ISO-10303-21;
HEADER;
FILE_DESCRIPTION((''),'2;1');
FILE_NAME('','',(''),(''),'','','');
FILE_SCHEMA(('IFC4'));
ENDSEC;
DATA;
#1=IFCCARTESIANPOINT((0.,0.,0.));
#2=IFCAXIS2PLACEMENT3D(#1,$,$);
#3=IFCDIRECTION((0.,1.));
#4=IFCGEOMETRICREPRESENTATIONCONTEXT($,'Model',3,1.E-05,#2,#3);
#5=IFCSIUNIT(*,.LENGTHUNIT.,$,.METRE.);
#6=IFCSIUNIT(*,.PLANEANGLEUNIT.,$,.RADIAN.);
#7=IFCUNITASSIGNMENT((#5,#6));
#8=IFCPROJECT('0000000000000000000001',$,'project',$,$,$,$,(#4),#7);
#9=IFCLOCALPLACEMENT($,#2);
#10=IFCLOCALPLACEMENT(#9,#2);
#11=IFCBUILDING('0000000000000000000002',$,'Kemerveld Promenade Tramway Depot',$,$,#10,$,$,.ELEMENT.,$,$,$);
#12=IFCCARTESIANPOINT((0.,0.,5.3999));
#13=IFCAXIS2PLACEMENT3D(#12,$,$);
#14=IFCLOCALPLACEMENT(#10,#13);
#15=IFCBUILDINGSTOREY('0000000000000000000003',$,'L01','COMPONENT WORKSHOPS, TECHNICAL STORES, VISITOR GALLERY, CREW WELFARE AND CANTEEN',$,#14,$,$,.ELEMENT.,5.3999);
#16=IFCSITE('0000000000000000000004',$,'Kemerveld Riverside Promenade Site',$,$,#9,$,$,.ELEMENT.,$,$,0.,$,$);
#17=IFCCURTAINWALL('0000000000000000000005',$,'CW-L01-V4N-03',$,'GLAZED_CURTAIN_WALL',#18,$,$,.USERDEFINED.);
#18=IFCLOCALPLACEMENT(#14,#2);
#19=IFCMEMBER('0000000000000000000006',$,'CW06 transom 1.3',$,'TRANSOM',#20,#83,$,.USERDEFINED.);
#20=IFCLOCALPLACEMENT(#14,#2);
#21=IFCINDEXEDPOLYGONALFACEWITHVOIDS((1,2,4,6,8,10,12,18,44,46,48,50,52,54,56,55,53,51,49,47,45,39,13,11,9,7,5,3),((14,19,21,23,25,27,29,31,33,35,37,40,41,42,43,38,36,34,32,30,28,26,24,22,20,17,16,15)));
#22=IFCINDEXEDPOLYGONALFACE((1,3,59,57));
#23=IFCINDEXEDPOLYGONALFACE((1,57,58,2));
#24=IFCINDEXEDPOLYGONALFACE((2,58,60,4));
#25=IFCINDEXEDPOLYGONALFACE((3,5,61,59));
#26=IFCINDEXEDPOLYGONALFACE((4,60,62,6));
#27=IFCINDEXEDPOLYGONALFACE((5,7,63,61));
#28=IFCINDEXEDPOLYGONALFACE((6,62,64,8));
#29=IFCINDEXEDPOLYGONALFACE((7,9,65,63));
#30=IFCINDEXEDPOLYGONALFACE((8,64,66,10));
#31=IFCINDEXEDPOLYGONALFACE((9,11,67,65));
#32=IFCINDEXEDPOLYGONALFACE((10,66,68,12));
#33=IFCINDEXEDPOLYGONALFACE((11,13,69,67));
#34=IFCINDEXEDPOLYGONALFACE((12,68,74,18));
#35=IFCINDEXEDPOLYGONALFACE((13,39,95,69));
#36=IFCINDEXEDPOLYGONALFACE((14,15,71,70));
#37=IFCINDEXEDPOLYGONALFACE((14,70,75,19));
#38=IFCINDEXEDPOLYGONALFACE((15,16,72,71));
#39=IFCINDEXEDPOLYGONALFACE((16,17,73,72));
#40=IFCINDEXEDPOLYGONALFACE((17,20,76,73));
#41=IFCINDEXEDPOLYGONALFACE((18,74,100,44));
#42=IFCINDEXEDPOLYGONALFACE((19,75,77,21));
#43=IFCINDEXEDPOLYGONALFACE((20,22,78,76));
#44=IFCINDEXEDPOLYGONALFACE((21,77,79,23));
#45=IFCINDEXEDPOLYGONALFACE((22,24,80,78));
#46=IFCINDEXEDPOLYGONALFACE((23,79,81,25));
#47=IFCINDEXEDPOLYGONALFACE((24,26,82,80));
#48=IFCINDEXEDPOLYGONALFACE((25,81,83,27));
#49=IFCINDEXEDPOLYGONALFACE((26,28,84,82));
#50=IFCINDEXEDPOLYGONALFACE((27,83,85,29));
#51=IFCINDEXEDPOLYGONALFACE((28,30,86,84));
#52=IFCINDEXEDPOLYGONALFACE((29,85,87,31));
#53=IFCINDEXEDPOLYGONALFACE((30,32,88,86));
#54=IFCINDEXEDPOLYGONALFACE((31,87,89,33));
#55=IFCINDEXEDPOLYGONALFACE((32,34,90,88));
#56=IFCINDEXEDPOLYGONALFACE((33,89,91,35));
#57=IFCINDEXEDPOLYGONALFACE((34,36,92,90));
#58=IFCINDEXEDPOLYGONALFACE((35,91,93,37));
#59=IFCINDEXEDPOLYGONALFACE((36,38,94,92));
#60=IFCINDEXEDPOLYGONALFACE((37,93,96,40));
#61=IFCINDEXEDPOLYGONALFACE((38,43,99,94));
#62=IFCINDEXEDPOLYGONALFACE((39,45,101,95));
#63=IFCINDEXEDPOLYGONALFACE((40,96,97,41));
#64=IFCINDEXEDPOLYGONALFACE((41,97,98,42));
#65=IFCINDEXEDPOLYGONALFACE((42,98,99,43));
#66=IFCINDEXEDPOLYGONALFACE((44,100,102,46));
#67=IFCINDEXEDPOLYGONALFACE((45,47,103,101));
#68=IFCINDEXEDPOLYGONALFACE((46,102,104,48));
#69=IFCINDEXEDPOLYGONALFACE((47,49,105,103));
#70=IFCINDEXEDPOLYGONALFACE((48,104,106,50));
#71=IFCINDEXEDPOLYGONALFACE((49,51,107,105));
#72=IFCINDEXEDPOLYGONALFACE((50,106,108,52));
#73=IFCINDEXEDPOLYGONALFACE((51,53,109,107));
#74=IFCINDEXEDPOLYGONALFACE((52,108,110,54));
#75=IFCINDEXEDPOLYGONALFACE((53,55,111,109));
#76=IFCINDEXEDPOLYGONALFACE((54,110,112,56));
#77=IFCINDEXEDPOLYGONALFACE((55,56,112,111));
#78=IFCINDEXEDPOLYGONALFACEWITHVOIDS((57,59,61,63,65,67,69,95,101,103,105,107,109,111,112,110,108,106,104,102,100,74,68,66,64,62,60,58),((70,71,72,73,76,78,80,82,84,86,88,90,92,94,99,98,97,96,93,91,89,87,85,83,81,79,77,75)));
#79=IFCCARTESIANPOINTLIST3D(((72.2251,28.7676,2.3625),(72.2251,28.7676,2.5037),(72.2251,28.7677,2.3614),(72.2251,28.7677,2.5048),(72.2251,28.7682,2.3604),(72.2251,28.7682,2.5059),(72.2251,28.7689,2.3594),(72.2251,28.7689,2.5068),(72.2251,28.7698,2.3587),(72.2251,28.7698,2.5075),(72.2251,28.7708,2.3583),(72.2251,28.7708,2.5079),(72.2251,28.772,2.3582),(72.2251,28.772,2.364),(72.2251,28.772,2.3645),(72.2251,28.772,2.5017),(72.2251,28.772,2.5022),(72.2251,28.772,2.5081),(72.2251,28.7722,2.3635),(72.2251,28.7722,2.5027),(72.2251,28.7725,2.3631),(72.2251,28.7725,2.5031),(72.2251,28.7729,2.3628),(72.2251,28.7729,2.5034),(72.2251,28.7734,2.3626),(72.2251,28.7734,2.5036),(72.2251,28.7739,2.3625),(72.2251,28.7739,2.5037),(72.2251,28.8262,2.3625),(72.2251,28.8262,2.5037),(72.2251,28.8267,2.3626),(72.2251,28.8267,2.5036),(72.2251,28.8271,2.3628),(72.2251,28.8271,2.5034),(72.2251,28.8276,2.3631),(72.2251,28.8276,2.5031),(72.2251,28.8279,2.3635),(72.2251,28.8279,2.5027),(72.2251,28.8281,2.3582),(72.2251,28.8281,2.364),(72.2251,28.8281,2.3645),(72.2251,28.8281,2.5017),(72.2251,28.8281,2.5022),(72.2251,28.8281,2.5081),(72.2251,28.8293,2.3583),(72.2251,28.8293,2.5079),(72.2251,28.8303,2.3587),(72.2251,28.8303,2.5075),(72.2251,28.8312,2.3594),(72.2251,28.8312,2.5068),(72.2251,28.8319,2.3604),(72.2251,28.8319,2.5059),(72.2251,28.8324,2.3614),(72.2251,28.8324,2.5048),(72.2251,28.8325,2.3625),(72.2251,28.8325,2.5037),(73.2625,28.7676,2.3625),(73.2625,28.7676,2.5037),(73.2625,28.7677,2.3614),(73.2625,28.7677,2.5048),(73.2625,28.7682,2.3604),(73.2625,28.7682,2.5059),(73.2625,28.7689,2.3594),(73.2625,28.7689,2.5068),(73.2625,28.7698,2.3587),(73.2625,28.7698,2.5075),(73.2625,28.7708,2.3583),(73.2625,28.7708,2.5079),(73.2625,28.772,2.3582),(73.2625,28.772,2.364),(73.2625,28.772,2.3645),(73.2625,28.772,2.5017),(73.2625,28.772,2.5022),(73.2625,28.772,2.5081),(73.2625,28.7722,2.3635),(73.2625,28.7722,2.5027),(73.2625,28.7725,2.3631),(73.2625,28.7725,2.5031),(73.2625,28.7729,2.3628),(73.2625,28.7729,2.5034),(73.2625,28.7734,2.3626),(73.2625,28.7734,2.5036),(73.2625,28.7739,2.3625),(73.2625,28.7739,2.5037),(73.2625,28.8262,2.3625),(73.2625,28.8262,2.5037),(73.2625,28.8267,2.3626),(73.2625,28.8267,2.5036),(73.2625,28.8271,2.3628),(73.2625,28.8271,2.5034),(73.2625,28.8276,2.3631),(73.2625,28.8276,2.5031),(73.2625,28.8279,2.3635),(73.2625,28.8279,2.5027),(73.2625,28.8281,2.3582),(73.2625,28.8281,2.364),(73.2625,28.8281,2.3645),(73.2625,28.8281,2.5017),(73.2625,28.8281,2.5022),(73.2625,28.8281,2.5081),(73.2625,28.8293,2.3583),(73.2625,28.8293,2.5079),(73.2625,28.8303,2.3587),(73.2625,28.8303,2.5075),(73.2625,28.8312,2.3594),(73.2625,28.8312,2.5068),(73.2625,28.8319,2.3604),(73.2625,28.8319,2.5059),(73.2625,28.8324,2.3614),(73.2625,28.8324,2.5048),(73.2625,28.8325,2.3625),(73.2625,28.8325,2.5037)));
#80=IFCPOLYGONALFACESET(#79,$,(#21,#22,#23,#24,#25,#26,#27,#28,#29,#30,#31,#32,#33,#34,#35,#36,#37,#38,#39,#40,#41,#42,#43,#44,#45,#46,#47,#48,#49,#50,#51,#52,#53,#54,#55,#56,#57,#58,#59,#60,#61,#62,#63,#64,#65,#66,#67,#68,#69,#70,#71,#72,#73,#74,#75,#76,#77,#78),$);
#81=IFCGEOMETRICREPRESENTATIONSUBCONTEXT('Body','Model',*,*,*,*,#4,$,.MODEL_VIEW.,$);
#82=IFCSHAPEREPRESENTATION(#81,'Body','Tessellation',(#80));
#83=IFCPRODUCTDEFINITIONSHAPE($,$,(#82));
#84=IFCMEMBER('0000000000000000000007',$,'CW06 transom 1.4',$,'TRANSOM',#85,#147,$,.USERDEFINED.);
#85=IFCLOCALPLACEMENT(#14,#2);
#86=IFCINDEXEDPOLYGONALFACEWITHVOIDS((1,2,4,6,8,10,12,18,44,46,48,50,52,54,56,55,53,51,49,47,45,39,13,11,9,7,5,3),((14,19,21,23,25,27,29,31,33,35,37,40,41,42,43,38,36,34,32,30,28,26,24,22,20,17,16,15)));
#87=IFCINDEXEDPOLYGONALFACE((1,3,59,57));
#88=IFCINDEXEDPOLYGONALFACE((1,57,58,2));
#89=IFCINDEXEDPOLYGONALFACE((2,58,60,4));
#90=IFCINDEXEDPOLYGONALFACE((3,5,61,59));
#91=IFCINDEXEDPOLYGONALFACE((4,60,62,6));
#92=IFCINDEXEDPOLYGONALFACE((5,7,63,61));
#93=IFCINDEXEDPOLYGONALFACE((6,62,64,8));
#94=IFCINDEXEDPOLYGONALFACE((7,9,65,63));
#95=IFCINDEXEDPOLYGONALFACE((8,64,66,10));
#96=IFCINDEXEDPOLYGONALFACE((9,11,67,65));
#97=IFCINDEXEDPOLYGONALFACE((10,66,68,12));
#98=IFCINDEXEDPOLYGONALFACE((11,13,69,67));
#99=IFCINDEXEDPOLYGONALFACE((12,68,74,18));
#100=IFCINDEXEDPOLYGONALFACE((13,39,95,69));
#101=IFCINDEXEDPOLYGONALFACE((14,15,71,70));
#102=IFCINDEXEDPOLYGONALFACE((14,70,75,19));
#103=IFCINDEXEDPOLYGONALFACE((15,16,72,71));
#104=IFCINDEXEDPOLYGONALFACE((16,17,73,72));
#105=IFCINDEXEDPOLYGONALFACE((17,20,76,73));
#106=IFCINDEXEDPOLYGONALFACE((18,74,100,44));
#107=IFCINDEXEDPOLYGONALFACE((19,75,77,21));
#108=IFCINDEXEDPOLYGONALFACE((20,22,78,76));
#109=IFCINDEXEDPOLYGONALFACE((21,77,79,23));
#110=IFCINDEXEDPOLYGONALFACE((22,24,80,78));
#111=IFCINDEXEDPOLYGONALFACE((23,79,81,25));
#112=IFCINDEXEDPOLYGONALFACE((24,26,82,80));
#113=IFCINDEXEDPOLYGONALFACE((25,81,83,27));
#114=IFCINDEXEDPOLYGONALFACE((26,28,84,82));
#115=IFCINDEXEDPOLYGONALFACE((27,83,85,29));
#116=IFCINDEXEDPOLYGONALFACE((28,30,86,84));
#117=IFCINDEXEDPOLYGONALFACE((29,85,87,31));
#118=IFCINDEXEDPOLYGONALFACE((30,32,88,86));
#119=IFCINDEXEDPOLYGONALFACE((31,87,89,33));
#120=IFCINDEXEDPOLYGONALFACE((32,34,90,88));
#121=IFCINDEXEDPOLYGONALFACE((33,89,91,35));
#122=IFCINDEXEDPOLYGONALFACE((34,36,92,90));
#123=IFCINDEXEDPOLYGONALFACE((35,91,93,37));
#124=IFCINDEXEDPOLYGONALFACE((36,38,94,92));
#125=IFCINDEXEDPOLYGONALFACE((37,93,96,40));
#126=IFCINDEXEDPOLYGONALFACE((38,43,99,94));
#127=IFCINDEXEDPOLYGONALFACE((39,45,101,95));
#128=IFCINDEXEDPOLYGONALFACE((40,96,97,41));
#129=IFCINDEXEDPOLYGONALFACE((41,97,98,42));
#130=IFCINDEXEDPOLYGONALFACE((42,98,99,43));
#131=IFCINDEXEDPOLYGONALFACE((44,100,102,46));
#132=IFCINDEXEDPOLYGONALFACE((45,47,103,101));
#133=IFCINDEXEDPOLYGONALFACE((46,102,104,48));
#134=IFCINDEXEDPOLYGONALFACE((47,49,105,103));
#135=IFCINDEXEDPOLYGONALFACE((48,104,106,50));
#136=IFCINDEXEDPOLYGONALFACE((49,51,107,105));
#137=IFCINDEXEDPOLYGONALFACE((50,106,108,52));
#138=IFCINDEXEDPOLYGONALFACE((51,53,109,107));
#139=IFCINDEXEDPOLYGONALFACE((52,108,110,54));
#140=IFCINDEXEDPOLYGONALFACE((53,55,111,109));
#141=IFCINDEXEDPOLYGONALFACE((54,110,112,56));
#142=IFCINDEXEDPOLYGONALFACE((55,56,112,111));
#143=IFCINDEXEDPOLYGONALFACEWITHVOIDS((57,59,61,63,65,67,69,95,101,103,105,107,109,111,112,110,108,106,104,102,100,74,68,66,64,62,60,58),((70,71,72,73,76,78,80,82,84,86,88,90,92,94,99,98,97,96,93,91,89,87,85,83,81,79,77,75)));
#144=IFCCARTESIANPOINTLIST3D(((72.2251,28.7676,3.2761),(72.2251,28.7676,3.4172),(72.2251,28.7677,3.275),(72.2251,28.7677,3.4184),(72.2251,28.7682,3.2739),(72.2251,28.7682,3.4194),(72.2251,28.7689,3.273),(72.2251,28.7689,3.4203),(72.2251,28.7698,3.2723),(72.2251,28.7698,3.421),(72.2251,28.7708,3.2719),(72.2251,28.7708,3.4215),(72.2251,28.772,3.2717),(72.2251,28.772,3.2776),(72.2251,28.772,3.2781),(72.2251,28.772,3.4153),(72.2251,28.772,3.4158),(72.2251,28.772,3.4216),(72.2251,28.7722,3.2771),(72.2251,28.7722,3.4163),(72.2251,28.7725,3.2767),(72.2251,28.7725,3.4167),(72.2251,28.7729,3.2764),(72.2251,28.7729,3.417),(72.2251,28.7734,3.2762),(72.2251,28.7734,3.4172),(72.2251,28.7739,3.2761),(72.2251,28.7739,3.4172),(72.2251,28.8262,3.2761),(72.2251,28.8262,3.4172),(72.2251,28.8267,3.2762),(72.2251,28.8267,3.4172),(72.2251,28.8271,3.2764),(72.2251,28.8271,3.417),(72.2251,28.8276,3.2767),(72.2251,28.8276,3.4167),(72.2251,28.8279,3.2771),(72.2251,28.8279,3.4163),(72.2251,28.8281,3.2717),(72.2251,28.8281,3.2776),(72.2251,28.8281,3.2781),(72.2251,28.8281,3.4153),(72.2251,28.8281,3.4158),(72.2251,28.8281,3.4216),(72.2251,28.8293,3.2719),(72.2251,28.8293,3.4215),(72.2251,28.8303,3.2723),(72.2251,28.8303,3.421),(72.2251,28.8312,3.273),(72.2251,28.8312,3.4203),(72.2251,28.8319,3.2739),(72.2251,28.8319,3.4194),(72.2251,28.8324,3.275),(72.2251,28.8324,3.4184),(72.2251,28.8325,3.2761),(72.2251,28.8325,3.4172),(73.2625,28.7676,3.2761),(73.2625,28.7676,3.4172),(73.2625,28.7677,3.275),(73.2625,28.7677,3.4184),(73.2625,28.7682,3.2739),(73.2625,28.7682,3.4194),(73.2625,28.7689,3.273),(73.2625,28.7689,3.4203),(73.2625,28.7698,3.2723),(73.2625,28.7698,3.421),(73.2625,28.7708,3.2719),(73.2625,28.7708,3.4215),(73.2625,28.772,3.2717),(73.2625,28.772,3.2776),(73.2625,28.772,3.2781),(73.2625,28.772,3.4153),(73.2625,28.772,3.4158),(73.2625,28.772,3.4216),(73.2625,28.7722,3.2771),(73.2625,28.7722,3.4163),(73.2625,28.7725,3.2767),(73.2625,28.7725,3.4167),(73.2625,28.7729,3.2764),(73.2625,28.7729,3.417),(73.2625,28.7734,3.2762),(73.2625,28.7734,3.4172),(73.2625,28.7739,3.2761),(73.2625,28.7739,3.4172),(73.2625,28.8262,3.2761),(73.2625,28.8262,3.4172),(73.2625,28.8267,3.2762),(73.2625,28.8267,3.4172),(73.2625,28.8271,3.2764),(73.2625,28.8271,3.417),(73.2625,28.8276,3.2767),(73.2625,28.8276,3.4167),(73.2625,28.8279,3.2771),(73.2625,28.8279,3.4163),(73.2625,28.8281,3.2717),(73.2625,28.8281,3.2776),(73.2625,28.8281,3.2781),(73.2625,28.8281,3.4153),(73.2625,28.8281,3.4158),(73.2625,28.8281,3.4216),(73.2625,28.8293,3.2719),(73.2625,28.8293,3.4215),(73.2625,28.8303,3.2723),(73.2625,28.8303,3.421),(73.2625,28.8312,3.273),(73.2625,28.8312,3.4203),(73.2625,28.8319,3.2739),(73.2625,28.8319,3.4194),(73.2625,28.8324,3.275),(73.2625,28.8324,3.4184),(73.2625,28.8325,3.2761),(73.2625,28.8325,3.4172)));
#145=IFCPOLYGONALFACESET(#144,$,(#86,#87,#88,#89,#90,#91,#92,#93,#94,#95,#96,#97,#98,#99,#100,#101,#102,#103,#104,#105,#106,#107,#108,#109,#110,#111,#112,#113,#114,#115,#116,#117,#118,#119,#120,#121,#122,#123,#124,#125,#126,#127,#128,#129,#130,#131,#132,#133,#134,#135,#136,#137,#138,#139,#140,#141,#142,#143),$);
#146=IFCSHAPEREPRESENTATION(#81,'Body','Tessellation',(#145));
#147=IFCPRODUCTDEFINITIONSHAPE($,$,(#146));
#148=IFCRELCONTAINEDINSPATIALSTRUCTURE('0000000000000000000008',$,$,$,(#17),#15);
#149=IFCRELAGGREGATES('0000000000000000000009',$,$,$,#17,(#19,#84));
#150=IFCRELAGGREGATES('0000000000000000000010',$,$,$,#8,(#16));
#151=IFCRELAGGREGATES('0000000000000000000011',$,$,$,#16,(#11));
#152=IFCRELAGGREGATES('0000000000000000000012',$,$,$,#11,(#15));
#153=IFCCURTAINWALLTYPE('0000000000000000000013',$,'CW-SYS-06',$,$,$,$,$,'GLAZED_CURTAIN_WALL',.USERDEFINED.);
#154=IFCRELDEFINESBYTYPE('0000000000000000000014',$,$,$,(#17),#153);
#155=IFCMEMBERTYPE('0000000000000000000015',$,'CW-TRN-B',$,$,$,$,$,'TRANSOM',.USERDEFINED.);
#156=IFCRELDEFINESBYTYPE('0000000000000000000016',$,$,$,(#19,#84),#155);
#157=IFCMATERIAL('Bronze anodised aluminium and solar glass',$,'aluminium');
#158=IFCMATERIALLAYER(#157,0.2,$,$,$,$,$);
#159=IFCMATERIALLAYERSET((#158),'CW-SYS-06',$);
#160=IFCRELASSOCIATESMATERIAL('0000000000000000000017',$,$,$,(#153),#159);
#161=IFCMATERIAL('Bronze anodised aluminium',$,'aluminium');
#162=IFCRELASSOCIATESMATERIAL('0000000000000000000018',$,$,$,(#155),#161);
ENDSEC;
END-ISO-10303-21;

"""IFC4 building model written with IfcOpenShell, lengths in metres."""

from ifc_helpers import new_model, si_unit, direction, frame, origin, origin_2d, place, context, subcontext, project, spatial, hollow_rectangle, extrude, material, layer, layer_set, material_profile, profile_set, type_object, element, aggregate, save


model = new_model("IFC4")

# Units and contexts
model_context = context("Model", 3, precision=1e-05, world=origin(), true_north=direction((0.0, 1.0)))
body_context = subcontext(model_context, "Body", "Model", "MODEL_VIEW")
ifc_project = project(units=[si_unit("LENGTHUNIT", "METRE"), si_unit("PLANEANGLEUNIT", "RADIAN")], contexts=[model_context])

# Site, building, storey
site_placement = place(None, origin())
site = spatial("IfcSite", under=ifc_project, at=site_placement, Name="Kemerveld Riverside Promenade Site", CompositionType="ELEMENT", RefElevation=0.0)
building_placement = place(site_placement, origin())
building = spatial("IfcBuilding", under=site, at=building_placement, Name="Kemerveld Promenade Tramway Depot", CompositionType="ELEMENT")
storey_placement = place(building_placement, frame((0.0, 0.0, 5.3999)))
storey = spatial("IfcBuildingStorey", under=building, at=storey_placement, Name="L01", Description="COMPONENT WORKSHOPS, TECHNICAL STORES, VISITOR GALLERY, CREW WELFARE AND CANTEEN", CompositionType="ELEMENT", Elevation=5.3999)

# Curtain wall
ifc_material_1 = material(Name="Bronze anodised aluminium and solar glass", Category="aluminium")
ifc_material_2 = material(Name="Bronze anodised aluminium", Category="aluminium")
ifc_layer_1 = layer(ifc_material_1, 0.2)
ifc_layer_set_1 = layer_set([ifc_layer_1], Name="CW-SYS-06")
curtain_wall_type_1 = type_object("IfcCurtainWallType", Name="CW-SYS-06", ElementType="GLAZED_CURTAIN_WALL", PredefinedType="USERDEFINED", material=ifc_layer_set_1)
curtain_wall_1_placement = place(storey_placement, origin())
curtain_wall_1 = element("IfcCurtainWall", 1, at=curtain_wall_1_placement, inside=storey, type_object=curtain_wall_type_1, Name="CW-L01-V4N-03", ObjectType="GLAZED_CURTAIN_WALL", PredefinedType="USERDEFINED")

# Members
ifc_material_profile_1 = material_profile(ifc_material_2, hollow_rectangle(XDim=0.0649, YDim=0.1499, WallThickness=0.0044, InnerFilletRadius=0.002, OuterFilletRadius=0.0044, at=origin_2d()), Name="CW-TRN-150x65")
ifc_profile_set_1 = profile_set([ifc_material_profile_1], Name="Bronze anodised aluminium")
member_type_1 = type_object("IfcMemberType", Name="CW-TRN-B", ElementType="TRANSOM", PredefinedType="USERDEFINED", material=ifc_profile_set_1)
member_1_placement = place(storey_placement, frame((72.2251, 28.8, 2.4331), z_axis=(1.0, 0.0, 0.0), x_axis=(0.0, 1.0, 0.0)))
member_1 = element("IfcMember", 2, at=member_1_placement, type_object=member_type_1, Name="CW06 transom 1.3", ObjectType="TRANSOM", PredefinedType="USERDEFINED", context=body_context, shape_type="SweptSolid", body=[
    extrude(hollow_rectangle(XDim=0.0649, YDim=0.1499, WallThickness=0.0044, InnerFilletRadius=0.002, OuterFilletRadius=0.0044, at=origin_2d()), origin(), (0.0, 0.0, 1.0), 1.0374),
])
member_2_placement = place(storey_placement, frame((72.2251, 28.8, 3.3467), z_axis=(1.0, 0.0, 0.0), x_axis=(0.0, 1.0, 0.0)))
member_2 = element("IfcMember", 3, at=member_2_placement, type_object=member_type_1, Name="CW06 transom 1.4", ObjectType="TRANSOM", PredefinedType="USERDEFINED", context=body_context, shape_type="SweptSolid", body=[
    extrude(hollow_rectangle(XDim=0.0649, YDim=0.1499, WallThickness=0.0044, InnerFilletRadius=0.002, OuterFilletRadius=0.0044, at=origin_2d()), origin(), (0.0, 0.0, 1.0), 1.0374),
])

aggregate(curtain_wall_1, [member_1, member_2])

save(model, "model.ifc")
